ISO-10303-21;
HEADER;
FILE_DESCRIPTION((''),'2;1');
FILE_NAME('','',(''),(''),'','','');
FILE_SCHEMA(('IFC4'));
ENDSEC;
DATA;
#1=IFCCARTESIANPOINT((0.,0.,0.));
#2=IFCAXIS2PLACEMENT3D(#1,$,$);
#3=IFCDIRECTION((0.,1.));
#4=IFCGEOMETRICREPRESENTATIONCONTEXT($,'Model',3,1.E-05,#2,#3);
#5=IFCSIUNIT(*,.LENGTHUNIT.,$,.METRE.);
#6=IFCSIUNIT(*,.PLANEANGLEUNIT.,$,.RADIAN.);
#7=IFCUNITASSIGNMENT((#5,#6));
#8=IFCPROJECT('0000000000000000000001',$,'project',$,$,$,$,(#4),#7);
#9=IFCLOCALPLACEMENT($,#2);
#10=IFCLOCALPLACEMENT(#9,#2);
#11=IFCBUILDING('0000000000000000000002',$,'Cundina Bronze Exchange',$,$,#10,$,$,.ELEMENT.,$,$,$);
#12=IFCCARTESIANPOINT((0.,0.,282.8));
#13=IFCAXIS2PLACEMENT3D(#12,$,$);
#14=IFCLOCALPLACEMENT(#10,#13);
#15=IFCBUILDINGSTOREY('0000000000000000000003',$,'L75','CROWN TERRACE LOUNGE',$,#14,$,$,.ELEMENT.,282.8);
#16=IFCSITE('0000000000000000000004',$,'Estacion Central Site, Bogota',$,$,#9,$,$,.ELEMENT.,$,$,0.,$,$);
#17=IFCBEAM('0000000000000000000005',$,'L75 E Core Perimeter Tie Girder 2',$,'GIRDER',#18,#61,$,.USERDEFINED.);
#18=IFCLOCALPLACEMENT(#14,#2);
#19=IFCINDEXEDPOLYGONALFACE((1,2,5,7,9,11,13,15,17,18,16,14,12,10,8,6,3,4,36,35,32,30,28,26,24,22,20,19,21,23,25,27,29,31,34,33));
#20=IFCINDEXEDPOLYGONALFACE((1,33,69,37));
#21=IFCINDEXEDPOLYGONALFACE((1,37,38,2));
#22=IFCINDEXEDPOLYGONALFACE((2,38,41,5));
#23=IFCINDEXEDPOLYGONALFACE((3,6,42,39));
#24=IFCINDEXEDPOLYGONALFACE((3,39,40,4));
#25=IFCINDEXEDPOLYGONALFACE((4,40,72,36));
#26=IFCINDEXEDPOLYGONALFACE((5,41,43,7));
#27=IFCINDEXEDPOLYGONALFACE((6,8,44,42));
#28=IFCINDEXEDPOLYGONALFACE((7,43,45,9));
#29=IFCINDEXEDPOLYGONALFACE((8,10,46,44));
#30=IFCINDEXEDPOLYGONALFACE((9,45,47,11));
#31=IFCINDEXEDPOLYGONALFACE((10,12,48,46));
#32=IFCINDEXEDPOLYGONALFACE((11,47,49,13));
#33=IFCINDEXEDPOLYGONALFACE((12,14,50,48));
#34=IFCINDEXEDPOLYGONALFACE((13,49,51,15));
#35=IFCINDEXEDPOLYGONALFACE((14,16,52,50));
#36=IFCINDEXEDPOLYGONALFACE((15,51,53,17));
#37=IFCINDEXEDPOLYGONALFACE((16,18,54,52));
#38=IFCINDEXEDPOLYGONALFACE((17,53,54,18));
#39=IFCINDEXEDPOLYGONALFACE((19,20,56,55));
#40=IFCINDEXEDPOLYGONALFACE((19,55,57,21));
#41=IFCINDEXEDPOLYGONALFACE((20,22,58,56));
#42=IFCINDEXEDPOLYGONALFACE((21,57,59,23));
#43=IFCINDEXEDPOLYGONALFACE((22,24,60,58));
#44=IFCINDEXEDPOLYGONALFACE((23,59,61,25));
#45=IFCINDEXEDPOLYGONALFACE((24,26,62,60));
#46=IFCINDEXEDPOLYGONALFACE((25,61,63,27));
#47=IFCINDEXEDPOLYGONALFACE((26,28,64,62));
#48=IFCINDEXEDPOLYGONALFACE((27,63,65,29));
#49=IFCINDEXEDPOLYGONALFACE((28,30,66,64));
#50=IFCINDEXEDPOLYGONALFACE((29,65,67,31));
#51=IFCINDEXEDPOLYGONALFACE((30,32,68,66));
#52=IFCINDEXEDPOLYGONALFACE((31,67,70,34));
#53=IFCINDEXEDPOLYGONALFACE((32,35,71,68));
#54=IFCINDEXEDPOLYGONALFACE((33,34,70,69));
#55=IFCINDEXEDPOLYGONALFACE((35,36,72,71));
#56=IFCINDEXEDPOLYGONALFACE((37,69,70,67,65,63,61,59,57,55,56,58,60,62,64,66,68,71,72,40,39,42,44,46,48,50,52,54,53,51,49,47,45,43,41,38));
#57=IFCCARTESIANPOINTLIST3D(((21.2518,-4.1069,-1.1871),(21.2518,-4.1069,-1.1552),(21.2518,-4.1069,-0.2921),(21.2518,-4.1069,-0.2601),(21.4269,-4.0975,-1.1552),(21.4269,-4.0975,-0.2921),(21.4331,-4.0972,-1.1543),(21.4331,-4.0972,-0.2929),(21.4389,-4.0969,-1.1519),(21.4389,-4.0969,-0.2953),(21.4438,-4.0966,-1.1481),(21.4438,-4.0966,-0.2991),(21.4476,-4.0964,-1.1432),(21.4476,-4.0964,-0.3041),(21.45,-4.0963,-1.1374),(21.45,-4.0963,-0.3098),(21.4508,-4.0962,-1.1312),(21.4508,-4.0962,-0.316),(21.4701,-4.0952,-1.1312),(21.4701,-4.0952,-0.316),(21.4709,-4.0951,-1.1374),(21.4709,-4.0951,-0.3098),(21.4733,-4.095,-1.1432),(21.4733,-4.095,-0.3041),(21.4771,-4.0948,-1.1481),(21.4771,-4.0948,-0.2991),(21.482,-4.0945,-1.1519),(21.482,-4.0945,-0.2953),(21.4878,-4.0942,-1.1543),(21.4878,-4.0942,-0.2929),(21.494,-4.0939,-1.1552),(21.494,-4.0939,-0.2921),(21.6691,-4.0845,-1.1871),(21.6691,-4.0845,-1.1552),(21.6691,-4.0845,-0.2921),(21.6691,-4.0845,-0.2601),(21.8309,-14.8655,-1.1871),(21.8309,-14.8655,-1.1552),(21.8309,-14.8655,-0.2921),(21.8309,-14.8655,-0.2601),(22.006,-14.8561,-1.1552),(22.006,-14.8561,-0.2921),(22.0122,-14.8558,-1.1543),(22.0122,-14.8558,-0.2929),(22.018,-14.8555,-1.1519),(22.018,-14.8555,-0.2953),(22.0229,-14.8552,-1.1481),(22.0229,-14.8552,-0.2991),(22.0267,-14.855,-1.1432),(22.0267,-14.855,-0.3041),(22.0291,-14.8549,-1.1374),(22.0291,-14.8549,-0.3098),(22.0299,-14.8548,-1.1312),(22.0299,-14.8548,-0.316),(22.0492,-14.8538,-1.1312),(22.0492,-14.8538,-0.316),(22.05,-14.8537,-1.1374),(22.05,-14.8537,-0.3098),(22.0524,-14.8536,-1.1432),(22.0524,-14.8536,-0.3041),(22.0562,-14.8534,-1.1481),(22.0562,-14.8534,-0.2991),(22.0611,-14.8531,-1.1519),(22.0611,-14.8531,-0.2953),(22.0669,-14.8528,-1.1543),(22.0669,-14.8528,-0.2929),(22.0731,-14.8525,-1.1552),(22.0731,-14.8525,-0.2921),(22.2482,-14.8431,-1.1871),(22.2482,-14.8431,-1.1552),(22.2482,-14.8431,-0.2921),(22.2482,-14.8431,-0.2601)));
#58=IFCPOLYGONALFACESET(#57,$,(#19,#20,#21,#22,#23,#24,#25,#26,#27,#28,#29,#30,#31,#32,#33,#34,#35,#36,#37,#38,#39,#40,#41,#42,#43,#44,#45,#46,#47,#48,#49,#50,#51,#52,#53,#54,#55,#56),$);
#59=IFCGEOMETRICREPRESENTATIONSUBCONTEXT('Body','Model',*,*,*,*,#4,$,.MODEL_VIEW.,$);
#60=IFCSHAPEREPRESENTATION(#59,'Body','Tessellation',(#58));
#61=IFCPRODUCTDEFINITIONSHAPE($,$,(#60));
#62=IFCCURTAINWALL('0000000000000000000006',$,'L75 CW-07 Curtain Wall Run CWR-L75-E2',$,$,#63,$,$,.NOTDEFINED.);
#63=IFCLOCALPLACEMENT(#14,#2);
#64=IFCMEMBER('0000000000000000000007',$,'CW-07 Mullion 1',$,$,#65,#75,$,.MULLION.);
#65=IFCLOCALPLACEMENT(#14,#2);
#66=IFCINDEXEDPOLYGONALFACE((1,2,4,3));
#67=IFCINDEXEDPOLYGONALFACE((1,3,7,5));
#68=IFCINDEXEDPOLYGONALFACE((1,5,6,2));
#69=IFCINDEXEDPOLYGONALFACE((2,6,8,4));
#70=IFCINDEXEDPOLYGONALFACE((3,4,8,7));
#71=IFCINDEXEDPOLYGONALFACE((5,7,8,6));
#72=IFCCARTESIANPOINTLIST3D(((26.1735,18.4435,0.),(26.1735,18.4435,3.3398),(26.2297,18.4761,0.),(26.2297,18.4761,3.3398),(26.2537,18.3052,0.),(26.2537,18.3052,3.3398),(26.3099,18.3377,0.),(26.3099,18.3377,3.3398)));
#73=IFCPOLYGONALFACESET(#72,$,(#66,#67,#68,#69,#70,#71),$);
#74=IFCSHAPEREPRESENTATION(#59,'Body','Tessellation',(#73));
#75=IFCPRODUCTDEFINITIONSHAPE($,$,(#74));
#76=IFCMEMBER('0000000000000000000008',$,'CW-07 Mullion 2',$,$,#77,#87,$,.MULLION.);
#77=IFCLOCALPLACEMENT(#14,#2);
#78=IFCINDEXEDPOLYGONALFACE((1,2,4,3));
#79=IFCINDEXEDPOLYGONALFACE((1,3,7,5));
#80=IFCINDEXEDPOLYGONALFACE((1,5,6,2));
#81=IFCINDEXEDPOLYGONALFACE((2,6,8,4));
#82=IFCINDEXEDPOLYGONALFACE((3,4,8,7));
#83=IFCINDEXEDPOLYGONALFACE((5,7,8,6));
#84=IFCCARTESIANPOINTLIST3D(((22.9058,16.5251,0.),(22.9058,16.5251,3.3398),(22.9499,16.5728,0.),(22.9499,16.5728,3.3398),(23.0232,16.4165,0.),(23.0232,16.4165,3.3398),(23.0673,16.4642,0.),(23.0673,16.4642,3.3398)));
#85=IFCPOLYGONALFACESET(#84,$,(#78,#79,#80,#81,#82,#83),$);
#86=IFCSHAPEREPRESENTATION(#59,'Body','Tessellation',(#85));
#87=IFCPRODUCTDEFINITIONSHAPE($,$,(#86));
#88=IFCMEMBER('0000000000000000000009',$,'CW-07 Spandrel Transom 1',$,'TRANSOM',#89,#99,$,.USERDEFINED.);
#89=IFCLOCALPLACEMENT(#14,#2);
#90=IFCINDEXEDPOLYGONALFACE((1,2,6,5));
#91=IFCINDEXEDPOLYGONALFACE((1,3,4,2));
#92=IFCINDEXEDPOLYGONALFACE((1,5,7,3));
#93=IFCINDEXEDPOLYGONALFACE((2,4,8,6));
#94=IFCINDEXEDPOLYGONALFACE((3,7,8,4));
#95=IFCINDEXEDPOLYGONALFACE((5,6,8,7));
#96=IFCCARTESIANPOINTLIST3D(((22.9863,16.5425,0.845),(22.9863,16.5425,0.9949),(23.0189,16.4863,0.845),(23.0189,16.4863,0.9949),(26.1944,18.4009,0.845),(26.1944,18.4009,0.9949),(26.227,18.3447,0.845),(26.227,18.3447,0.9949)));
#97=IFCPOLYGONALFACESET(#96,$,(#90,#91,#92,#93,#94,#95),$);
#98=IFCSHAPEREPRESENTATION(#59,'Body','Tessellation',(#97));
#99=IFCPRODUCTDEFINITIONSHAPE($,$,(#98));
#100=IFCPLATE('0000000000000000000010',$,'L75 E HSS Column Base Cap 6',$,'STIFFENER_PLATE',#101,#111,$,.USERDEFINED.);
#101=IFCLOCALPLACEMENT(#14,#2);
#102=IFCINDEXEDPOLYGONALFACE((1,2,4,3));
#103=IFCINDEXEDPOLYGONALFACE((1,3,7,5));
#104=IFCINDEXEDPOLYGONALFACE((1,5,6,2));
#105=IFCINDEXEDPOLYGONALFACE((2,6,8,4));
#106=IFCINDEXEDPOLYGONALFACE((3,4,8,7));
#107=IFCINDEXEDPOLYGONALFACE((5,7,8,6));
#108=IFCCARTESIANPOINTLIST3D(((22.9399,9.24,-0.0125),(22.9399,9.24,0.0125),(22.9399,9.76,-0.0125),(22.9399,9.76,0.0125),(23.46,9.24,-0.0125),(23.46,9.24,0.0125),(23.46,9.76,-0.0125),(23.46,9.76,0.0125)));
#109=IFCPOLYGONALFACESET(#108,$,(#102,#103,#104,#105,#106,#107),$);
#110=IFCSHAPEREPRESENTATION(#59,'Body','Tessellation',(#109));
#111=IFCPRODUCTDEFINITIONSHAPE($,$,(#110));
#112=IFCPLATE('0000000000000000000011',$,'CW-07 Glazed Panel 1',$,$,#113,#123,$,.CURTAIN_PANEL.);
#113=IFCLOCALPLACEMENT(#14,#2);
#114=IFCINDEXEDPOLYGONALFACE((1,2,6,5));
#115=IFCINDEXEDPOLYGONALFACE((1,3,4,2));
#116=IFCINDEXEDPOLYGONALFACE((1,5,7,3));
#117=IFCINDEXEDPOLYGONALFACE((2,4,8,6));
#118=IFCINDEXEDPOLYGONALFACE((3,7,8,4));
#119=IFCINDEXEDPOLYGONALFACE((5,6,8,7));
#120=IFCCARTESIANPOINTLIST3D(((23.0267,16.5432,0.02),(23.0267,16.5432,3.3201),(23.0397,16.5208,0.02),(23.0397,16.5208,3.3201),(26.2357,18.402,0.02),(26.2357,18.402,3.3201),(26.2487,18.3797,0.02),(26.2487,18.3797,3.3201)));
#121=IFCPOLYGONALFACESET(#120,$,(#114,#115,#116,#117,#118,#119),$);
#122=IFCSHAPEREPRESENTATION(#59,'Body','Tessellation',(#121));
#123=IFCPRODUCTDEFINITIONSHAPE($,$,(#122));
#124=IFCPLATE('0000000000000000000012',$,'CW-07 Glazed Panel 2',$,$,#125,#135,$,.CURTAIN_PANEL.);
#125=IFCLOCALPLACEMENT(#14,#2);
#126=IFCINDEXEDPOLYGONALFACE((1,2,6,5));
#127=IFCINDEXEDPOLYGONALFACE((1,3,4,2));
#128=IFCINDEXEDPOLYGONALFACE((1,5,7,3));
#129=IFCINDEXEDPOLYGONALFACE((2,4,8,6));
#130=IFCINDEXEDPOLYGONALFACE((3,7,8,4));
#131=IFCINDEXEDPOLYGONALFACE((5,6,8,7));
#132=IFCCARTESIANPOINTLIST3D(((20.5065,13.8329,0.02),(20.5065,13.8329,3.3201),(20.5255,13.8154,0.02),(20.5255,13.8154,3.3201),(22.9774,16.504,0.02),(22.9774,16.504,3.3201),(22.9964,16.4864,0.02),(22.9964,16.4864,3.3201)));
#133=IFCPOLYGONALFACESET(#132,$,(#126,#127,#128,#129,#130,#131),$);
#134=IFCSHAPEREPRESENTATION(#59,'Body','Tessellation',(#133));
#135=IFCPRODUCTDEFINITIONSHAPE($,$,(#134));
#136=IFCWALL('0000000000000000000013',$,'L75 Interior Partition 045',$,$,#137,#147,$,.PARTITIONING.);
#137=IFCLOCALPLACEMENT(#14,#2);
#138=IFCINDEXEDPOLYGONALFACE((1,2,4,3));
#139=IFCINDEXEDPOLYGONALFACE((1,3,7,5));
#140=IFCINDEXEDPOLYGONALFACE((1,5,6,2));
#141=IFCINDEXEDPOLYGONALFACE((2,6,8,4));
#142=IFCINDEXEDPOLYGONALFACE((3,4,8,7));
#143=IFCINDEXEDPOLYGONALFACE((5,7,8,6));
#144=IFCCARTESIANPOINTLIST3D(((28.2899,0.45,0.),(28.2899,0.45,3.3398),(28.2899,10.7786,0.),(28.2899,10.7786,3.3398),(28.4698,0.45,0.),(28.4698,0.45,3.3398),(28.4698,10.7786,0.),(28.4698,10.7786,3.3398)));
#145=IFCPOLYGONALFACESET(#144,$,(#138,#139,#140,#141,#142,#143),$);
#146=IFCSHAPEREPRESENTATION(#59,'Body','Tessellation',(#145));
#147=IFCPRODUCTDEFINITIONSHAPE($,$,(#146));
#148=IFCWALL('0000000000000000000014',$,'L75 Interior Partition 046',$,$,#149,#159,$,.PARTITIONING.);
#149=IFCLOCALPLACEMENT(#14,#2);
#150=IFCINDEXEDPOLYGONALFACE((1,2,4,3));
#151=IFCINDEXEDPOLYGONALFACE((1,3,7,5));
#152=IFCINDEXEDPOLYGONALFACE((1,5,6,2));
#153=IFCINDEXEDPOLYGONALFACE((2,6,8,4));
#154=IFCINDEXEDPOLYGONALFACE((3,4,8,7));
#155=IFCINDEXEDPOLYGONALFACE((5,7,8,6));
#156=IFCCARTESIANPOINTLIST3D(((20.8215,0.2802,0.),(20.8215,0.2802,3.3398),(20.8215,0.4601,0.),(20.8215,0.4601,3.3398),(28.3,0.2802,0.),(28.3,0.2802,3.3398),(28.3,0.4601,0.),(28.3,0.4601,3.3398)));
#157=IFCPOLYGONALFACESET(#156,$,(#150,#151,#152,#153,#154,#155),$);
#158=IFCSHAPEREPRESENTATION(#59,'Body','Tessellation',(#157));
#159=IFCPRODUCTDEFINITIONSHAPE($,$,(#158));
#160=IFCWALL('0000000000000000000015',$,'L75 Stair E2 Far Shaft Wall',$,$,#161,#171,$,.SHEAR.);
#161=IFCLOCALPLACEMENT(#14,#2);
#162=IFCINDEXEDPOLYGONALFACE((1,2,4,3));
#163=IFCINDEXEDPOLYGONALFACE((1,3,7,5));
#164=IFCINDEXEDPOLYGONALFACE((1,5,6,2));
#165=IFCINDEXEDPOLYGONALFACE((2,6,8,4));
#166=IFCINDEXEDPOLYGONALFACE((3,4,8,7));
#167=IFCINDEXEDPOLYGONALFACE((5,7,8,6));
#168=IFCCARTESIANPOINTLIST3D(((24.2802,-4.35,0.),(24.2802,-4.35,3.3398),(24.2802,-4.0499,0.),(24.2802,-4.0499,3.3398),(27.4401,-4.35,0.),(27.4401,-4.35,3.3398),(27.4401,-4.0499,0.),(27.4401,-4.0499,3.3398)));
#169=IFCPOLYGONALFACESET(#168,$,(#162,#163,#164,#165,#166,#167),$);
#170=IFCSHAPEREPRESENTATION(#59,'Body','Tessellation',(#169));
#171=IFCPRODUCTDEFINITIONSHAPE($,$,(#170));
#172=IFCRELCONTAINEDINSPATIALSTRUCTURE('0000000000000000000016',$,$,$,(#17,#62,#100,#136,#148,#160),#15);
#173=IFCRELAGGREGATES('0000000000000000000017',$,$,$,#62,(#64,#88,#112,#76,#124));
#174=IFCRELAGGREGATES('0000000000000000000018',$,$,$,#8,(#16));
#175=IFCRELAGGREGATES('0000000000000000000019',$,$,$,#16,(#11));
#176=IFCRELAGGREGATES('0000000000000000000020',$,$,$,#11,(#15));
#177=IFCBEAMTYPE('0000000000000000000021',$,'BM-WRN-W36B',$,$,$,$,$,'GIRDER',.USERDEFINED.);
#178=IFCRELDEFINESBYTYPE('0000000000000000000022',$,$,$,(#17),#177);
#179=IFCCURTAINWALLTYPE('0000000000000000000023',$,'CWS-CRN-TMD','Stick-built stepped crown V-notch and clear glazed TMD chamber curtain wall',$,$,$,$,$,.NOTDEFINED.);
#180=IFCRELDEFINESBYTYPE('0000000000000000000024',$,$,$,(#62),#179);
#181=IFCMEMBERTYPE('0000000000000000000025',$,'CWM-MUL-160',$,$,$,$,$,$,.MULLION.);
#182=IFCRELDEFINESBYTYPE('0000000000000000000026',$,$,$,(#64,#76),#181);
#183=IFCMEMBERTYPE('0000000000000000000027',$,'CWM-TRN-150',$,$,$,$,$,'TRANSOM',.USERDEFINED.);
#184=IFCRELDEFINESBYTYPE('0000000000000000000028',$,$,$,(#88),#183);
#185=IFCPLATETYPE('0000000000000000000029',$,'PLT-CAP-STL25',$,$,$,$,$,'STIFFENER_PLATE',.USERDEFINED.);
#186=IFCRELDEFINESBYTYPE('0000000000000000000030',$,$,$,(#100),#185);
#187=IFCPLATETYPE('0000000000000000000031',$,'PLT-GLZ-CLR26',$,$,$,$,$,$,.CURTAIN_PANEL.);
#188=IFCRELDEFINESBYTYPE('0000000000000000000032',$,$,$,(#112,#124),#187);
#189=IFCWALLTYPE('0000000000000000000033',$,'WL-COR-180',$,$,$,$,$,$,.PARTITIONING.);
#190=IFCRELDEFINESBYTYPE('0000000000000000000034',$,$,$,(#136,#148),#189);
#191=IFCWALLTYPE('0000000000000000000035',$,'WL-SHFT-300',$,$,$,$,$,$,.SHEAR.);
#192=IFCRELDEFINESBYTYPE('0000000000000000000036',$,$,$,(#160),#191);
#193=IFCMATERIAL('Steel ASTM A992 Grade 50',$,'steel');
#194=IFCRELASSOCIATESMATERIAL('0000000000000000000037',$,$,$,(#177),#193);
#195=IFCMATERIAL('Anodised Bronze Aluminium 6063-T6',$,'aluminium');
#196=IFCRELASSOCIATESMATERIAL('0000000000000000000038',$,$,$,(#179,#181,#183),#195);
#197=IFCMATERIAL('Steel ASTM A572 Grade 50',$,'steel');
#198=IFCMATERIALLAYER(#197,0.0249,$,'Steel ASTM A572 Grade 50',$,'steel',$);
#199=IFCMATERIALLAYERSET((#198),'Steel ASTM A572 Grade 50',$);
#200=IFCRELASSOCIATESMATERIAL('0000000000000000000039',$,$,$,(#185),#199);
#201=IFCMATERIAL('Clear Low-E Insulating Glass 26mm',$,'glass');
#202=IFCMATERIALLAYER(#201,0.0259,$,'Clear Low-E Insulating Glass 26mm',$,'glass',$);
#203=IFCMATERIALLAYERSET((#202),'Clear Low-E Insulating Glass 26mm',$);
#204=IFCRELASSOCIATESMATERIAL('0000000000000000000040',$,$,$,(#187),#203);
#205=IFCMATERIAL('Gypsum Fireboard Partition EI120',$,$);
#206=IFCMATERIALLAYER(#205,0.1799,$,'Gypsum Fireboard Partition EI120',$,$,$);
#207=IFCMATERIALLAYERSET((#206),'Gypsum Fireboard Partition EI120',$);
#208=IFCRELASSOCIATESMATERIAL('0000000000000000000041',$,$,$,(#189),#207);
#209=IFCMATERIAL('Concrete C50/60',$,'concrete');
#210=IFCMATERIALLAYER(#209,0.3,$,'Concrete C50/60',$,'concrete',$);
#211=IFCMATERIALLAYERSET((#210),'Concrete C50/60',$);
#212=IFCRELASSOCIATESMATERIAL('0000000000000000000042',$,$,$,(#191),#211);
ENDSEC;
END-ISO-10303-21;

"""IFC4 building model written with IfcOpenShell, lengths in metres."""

from ifc_helpers import new_model, si_unit, direction, frame, frame_2d, origin, origin_2d, place, context, subcontext, project, spatial, rectangle, i_section, extrude, material, layer, layer_set, material_profile, profile_set, type_object, element, aggregate, save


model = new_model("IFC4")

# Units and contexts
model_context = context("Model", 3, precision=1e-05, world=origin(), true_north=direction((0.0, 1.0)))
body_context = subcontext(model_context, "Body", "Model", "MODEL_VIEW")
ifc_project = project(units=[si_unit("LENGTHUNIT", "METRE"), si_unit("PLANEANGLEUNIT", "RADIAN")], contexts=[model_context])

# Site, building, storey
site_placement = place(None, origin())
site = spatial("IfcSite", under=ifc_project, at=site_placement, Name="Estacion Central Site, Bogota", CompositionType="ELEMENT", RefElevation=0.0)
building_placement = place(site_placement, origin())
building = spatial("IfcBuilding", under=site, at=building_placement, Name="Cundina Bronze Exchange", CompositionType="ELEMENT")
storey_placement = place(building_placement, frame((0.0, 0.0, 282.8)))
storey = spatial("IfcBuildingStorey", under=building, at=storey_placement, Name="L75", Description="CROWN TERRACE LOUNGE", CompositionType="ELEMENT", Elevation=282.8)

# Shared definitions
ifc_material_1 = material(Name="Steel ASTM A992 Grade 50", Category="steel")

# Beam
ifc_material_profile_1 = material_profile(ifc_material_1, i_section(OverallWidth=0.418, OverallDepth=0.927, WebThickness=0.0193, FlangeThickness=0.032, FilletRadius=0.0239, at=origin_2d()), Name="W36X231", Category="steel")
ifc_profile_set_1 = profile_set([ifc_material_profile_1], Name="Steel ASTM A992 Grade 50")
beam_type_1 = type_object("IfcBeamType", Name="BM-WRN-W36B", ElementType="GIRDER", PredefinedType="USERDEFINED", material=ifc_profile_set_1)
beam_1_placement = place(storey_placement, frame((21.4604, -4.0957, -0.7236), z_axis=(0.053749, -0.998554, 0.0), x_axis=(0.998554, 0.053749, 0.0)))
element("IfcBeam", 1, at=beam_1_placement, inside=storey, type_object=beam_type_1, Name="L75 E Core Perimeter Tie Girder 2", ObjectType="GIRDER", PredefinedType="USERDEFINED", context=body_context, shape_type="SweptSolid", body=[
    extrude(i_section(OverallWidth=0.418, OverallDepth=0.927, WebThickness=0.0193, FlangeThickness=0.032, FilletRadius=0.0239, at=origin_2d()), origin(), (0.0, 0.0, 1.0), 10.7742),
])

# Curtain wall, members
ifc_material_2 = material(Name="Anodised Bronze Aluminium 6063-T6", Category="aluminium")
curtain_wall_type = type_object("IfcCurtainWallType", Name="CWS-CRN-TMD", Description="Stick-built stepped crown V-notch and clear glazed TMD chamber curtain wall", PredefinedType="NOTDEFINED", material=ifc_material_2)
curtain_wall_placement = place(storey_placement, origin())
curtain_wall = element("IfcCurtainWall", 2, at=curtain_wall_placement, inside=storey, type_object=curtain_wall_type, Name="L75 CW-07 Curtain Wall Run CWR-L75-E2", PredefinedType="NOTDEFINED")
ifc_material_profile_2 = material_profile(ifc_material_2, rectangle(XDim=0.0649, YDim=0.1599, at=origin_2d()), Name="AL65X160", Category="aluminium")
ifc_profile_set_2 = profile_set([ifc_material_profile_2], Name="Anodised Bronze Aluminium 6063-T6")
member_type_1 = type_object("IfcMemberType", Name="CWM-MUL-160", PredefinedType="MULLION", material=ifc_profile_set_2)
member_1_placement = place(storey_placement, frame((26.2417, 18.3906, 0.0), z_axis=(0.0, 0.0, 1.0), x_axis=(-0.865326, -0.501209, 0.0)))
member_1 = element("IfcMember", 3, at=member_1_placement, type_object=member_type_1, Name="CW-07 Mullion 1", PredefinedType="MULLION", context=body_context, shape_type="SweptSolid", body=[
    extrude(rectangle(XDim=0.0649, YDim=0.1599, at=origin_2d()), origin(), (0.0, 0.0, 1.0), 3.3398),
])
member_2_placement = place(storey_placement, frame((22.9866, 16.4946, 0.0), z_axis=(0.0, 0.0, 1.0), x_axis=(-0.679057, -0.734086, 0.0)))
member_2 = element("IfcMember", 4, at=member_2_placement, type_object=member_type_1, Name="CW-07 Mullion 2", PredefinedType="MULLION", context=body_context, shape_type="SweptSolid", body=[
    extrude(rectangle(XDim=0.0649, YDim=0.1599, at=origin_2d()), origin(), (0.0, 0.0, 1.0), 3.3398),
])
ifc_material_profile_3 = material_profile(ifc_material_2, rectangle(XDim=0.0649, YDim=0.1499, at=origin_2d()), Name="AL65X150", Category="aluminium")
ifc_profile_set_3 = profile_set([ifc_material_profile_3], Name="Anodised Bronze Aluminium 6063-T6")
member_type_2 = type_object("IfcMemberType", Name="CWM-TRN-150", ElementType="TRANSOM", PredefinedType="USERDEFINED", material=ifc_profile_set_3)
member_3_placement = place(storey_placement, frame((26.2107, 18.3728, 0.9199), z_axis=(-0.865294, -0.501265, 0.0), x_axis=(0.501265, -0.865294, 0.0)))
member_3 = element("IfcMember", 5, at=member_3_placement, type_object=member_type_2, Name="CW-07 Spandrel Transom 1", ObjectType="TRANSOM", PredefinedType="USERDEFINED", context=body_context, shape_type="SweptSolid", body=[
    extrude(rectangle(XDim=0.0649, YDim=0.1499, at=origin_2d()), origin(), (0.0, 0.0, 1.0), 3.7075),
])

# Plates
ifc_material_3 = material(Name="Steel ASTM A572 Grade 50", Category="steel")
ifc_layer_1 = layer(ifc_material_3, 0.0249, Name="Steel ASTM A572 Grade 50", Category="steel")
ifc_layer_set_1 = layer_set([ifc_layer_1], Name="Steel ASTM A572 Grade 50")
plate_type_1 = type_object("IfcPlateType", Name="PLT-CAP-STL25", ElementType="STIFFENER_PLATE", PredefinedType="USERDEFINED", material=ifc_layer_set_1)
plate_1_placement = place(storey_placement, frame((23.2, 9.5, -0.0125), z_axis=(0.0, 0.0, 1.0), x_axis=(1.0, 0.0, 0.0)))
element("IfcPlate", 6, at=plate_1_placement, inside=storey, type_object=plate_type_1, Name="L75 E HSS Column Base Cap 6", ObjectType="STIFFENER_PLATE", PredefinedType="USERDEFINED", context=body_context, shape_type="SweptSolid", body=[
    extrude(rectangle(XDim=0.52, YDim=0.52, at=origin_2d()), origin(), (0.0, 0.0, 1.0), 0.0249),
])
ifc_material_4 = material(Name="Clear Low-E Insulating Glass 26mm", Category="glass")
ifc_layer_2 = layer(ifc_material_4, 0.0259, Name="Clear Low-E Insulating Glass 26mm", Category="glass")
ifc_layer_set_2 = layer_set([ifc_layer_2], Name="Clear Low-E Insulating Glass 26mm")
plate_type_2 = type_object("IfcPlateType", Name="PLT-GLZ-CLR26", PredefinedType="CURTAIN_PANEL", material=ifc_layer_set_2)
plate_2_placement = place(storey_placement, frame((24.6377, 17.4614, 0.02), z_axis=(0.0, 0.0, 1.0), x_axis=(-0.865309, -0.501239, 0.0)))
plate_2 = element("IfcPlate", 7, at=plate_2_placement, type_object=plate_type_2, Name="CW-07 Glazed Panel 1", PredefinedType="CURTAIN_PANEL", context=body_context, shape_type="SweptSolid", body=[
    extrude(rectangle(XDim=3.7085, YDim=0.0259, at=origin_2d()), origin(), (0.0, 0.0, 1.0), 3.3),
])
plate_3_placement = place(storey_placement, frame((21.7515, 15.1597, 0.02), z_axis=(0.0, 0.0, 1.0), x_axis=(-0.679083, -0.734062, 0.0)))
plate_3 = element("IfcPlate", 8, at=plate_3_placement, type_object=plate_type_2, Name="CW-07 Glazed Panel 2", PredefinedType="CURTAIN_PANEL", context=body_context, shape_type="SweptSolid", body=[
    extrude(rectangle(XDim=3.6387, YDim=0.0259, at=origin_2d()), origin(), (0.0, 0.0, 1.0), 3.3),
])
aggregate(curtain_wall, [member_1, member_3, plate_2, member_2, plate_3])

# Shared definitions
ifc_material_5 = material(Name="Gypsum Fireboard Partition EI120")
ifc_layer_3 = layer(ifc_material_5, 0.1799, Name="Gypsum Fireboard Partition EI120")
ifc_layer_set_3 = layer_set([ifc_layer_3], Name="Gypsum Fireboard Partition EI120")
wall_type_1 = type_object("IfcWallType", Name="WL-COR-180", PredefinedType="PARTITIONING", material=ifc_layer_set_3)

# Walls
wall_1_placement = place(storey_placement, frame((28.3799, 10.7786, 0.0), z_axis=(0.0, 0.0, 1.0), x_axis=(0.0, -1.0, 0.0)))
element("IfcWall", 9, at=wall_1_placement, inside=storey, type_object=wall_type_1, Name="L75 Interior Partition 045", PredefinedType="PARTITIONING", context=body_context, shape_type="SweptSolid", body=[
    extrude(rectangle(XDim=10.3286, YDim=0.1799, at=frame_2d((5.1643, 0.0))), origin(), (0.0, 0.0, 1.0), 3.3398),
])
wall_2_placement = place(storey_placement, frame((28.3, 0.3701, 0.0), z_axis=(0.0, 0.0, 1.0), x_axis=(-1.0, 0.0, 0.0)))
element("IfcWall", 10, at=wall_2_placement, inside=storey, type_object=wall_type_1, Name="L75 Interior Partition 046", PredefinedType="PARTITIONING", context=body_context, shape_type="SweptSolid", body=[
    extrude(rectangle(XDim=7.4785, YDim=0.1799, at=frame_2d((3.7393, 0.0))), origin(), (0.0, 0.0, 1.0), 3.3398),
])

# Shared definitions
ifc_material_6 = material(Name="Concrete C50/60", Category="concrete")
ifc_layer_4 = layer(ifc_material_6, 0.3, Name="Concrete C50/60", Category="concrete")
ifc_layer_set_4 = layer_set([ifc_layer_4], Name="Concrete C50/60")
wall_type_2 = type_object("IfcWallType", Name="WL-SHFT-300", PredefinedType="SHEAR", material=ifc_layer_set_4)

# Wall
wall_3_placement = place(storey_placement, frame((24.28, -4.2, 0.0), z_axis=(0.0, 0.0, 1.0), x_axis=(1.0, 0.0, 0.0)))
element("IfcWall", 11, at=wall_3_placement, inside=storey, type_object=wall_type_2, Name="L75 Stair E2 Far Shaft Wall", PredefinedType="SHEAR", context=body_context, shape_type="SweptSolid", body=[
    extrude(rectangle(XDim=3.1599, YDim=0.3, at=frame_2d((1.5801, 0.0))), origin(), (0.0, 0.0, 1.0), 3.3398),
])

save(model, "model.ifc")
